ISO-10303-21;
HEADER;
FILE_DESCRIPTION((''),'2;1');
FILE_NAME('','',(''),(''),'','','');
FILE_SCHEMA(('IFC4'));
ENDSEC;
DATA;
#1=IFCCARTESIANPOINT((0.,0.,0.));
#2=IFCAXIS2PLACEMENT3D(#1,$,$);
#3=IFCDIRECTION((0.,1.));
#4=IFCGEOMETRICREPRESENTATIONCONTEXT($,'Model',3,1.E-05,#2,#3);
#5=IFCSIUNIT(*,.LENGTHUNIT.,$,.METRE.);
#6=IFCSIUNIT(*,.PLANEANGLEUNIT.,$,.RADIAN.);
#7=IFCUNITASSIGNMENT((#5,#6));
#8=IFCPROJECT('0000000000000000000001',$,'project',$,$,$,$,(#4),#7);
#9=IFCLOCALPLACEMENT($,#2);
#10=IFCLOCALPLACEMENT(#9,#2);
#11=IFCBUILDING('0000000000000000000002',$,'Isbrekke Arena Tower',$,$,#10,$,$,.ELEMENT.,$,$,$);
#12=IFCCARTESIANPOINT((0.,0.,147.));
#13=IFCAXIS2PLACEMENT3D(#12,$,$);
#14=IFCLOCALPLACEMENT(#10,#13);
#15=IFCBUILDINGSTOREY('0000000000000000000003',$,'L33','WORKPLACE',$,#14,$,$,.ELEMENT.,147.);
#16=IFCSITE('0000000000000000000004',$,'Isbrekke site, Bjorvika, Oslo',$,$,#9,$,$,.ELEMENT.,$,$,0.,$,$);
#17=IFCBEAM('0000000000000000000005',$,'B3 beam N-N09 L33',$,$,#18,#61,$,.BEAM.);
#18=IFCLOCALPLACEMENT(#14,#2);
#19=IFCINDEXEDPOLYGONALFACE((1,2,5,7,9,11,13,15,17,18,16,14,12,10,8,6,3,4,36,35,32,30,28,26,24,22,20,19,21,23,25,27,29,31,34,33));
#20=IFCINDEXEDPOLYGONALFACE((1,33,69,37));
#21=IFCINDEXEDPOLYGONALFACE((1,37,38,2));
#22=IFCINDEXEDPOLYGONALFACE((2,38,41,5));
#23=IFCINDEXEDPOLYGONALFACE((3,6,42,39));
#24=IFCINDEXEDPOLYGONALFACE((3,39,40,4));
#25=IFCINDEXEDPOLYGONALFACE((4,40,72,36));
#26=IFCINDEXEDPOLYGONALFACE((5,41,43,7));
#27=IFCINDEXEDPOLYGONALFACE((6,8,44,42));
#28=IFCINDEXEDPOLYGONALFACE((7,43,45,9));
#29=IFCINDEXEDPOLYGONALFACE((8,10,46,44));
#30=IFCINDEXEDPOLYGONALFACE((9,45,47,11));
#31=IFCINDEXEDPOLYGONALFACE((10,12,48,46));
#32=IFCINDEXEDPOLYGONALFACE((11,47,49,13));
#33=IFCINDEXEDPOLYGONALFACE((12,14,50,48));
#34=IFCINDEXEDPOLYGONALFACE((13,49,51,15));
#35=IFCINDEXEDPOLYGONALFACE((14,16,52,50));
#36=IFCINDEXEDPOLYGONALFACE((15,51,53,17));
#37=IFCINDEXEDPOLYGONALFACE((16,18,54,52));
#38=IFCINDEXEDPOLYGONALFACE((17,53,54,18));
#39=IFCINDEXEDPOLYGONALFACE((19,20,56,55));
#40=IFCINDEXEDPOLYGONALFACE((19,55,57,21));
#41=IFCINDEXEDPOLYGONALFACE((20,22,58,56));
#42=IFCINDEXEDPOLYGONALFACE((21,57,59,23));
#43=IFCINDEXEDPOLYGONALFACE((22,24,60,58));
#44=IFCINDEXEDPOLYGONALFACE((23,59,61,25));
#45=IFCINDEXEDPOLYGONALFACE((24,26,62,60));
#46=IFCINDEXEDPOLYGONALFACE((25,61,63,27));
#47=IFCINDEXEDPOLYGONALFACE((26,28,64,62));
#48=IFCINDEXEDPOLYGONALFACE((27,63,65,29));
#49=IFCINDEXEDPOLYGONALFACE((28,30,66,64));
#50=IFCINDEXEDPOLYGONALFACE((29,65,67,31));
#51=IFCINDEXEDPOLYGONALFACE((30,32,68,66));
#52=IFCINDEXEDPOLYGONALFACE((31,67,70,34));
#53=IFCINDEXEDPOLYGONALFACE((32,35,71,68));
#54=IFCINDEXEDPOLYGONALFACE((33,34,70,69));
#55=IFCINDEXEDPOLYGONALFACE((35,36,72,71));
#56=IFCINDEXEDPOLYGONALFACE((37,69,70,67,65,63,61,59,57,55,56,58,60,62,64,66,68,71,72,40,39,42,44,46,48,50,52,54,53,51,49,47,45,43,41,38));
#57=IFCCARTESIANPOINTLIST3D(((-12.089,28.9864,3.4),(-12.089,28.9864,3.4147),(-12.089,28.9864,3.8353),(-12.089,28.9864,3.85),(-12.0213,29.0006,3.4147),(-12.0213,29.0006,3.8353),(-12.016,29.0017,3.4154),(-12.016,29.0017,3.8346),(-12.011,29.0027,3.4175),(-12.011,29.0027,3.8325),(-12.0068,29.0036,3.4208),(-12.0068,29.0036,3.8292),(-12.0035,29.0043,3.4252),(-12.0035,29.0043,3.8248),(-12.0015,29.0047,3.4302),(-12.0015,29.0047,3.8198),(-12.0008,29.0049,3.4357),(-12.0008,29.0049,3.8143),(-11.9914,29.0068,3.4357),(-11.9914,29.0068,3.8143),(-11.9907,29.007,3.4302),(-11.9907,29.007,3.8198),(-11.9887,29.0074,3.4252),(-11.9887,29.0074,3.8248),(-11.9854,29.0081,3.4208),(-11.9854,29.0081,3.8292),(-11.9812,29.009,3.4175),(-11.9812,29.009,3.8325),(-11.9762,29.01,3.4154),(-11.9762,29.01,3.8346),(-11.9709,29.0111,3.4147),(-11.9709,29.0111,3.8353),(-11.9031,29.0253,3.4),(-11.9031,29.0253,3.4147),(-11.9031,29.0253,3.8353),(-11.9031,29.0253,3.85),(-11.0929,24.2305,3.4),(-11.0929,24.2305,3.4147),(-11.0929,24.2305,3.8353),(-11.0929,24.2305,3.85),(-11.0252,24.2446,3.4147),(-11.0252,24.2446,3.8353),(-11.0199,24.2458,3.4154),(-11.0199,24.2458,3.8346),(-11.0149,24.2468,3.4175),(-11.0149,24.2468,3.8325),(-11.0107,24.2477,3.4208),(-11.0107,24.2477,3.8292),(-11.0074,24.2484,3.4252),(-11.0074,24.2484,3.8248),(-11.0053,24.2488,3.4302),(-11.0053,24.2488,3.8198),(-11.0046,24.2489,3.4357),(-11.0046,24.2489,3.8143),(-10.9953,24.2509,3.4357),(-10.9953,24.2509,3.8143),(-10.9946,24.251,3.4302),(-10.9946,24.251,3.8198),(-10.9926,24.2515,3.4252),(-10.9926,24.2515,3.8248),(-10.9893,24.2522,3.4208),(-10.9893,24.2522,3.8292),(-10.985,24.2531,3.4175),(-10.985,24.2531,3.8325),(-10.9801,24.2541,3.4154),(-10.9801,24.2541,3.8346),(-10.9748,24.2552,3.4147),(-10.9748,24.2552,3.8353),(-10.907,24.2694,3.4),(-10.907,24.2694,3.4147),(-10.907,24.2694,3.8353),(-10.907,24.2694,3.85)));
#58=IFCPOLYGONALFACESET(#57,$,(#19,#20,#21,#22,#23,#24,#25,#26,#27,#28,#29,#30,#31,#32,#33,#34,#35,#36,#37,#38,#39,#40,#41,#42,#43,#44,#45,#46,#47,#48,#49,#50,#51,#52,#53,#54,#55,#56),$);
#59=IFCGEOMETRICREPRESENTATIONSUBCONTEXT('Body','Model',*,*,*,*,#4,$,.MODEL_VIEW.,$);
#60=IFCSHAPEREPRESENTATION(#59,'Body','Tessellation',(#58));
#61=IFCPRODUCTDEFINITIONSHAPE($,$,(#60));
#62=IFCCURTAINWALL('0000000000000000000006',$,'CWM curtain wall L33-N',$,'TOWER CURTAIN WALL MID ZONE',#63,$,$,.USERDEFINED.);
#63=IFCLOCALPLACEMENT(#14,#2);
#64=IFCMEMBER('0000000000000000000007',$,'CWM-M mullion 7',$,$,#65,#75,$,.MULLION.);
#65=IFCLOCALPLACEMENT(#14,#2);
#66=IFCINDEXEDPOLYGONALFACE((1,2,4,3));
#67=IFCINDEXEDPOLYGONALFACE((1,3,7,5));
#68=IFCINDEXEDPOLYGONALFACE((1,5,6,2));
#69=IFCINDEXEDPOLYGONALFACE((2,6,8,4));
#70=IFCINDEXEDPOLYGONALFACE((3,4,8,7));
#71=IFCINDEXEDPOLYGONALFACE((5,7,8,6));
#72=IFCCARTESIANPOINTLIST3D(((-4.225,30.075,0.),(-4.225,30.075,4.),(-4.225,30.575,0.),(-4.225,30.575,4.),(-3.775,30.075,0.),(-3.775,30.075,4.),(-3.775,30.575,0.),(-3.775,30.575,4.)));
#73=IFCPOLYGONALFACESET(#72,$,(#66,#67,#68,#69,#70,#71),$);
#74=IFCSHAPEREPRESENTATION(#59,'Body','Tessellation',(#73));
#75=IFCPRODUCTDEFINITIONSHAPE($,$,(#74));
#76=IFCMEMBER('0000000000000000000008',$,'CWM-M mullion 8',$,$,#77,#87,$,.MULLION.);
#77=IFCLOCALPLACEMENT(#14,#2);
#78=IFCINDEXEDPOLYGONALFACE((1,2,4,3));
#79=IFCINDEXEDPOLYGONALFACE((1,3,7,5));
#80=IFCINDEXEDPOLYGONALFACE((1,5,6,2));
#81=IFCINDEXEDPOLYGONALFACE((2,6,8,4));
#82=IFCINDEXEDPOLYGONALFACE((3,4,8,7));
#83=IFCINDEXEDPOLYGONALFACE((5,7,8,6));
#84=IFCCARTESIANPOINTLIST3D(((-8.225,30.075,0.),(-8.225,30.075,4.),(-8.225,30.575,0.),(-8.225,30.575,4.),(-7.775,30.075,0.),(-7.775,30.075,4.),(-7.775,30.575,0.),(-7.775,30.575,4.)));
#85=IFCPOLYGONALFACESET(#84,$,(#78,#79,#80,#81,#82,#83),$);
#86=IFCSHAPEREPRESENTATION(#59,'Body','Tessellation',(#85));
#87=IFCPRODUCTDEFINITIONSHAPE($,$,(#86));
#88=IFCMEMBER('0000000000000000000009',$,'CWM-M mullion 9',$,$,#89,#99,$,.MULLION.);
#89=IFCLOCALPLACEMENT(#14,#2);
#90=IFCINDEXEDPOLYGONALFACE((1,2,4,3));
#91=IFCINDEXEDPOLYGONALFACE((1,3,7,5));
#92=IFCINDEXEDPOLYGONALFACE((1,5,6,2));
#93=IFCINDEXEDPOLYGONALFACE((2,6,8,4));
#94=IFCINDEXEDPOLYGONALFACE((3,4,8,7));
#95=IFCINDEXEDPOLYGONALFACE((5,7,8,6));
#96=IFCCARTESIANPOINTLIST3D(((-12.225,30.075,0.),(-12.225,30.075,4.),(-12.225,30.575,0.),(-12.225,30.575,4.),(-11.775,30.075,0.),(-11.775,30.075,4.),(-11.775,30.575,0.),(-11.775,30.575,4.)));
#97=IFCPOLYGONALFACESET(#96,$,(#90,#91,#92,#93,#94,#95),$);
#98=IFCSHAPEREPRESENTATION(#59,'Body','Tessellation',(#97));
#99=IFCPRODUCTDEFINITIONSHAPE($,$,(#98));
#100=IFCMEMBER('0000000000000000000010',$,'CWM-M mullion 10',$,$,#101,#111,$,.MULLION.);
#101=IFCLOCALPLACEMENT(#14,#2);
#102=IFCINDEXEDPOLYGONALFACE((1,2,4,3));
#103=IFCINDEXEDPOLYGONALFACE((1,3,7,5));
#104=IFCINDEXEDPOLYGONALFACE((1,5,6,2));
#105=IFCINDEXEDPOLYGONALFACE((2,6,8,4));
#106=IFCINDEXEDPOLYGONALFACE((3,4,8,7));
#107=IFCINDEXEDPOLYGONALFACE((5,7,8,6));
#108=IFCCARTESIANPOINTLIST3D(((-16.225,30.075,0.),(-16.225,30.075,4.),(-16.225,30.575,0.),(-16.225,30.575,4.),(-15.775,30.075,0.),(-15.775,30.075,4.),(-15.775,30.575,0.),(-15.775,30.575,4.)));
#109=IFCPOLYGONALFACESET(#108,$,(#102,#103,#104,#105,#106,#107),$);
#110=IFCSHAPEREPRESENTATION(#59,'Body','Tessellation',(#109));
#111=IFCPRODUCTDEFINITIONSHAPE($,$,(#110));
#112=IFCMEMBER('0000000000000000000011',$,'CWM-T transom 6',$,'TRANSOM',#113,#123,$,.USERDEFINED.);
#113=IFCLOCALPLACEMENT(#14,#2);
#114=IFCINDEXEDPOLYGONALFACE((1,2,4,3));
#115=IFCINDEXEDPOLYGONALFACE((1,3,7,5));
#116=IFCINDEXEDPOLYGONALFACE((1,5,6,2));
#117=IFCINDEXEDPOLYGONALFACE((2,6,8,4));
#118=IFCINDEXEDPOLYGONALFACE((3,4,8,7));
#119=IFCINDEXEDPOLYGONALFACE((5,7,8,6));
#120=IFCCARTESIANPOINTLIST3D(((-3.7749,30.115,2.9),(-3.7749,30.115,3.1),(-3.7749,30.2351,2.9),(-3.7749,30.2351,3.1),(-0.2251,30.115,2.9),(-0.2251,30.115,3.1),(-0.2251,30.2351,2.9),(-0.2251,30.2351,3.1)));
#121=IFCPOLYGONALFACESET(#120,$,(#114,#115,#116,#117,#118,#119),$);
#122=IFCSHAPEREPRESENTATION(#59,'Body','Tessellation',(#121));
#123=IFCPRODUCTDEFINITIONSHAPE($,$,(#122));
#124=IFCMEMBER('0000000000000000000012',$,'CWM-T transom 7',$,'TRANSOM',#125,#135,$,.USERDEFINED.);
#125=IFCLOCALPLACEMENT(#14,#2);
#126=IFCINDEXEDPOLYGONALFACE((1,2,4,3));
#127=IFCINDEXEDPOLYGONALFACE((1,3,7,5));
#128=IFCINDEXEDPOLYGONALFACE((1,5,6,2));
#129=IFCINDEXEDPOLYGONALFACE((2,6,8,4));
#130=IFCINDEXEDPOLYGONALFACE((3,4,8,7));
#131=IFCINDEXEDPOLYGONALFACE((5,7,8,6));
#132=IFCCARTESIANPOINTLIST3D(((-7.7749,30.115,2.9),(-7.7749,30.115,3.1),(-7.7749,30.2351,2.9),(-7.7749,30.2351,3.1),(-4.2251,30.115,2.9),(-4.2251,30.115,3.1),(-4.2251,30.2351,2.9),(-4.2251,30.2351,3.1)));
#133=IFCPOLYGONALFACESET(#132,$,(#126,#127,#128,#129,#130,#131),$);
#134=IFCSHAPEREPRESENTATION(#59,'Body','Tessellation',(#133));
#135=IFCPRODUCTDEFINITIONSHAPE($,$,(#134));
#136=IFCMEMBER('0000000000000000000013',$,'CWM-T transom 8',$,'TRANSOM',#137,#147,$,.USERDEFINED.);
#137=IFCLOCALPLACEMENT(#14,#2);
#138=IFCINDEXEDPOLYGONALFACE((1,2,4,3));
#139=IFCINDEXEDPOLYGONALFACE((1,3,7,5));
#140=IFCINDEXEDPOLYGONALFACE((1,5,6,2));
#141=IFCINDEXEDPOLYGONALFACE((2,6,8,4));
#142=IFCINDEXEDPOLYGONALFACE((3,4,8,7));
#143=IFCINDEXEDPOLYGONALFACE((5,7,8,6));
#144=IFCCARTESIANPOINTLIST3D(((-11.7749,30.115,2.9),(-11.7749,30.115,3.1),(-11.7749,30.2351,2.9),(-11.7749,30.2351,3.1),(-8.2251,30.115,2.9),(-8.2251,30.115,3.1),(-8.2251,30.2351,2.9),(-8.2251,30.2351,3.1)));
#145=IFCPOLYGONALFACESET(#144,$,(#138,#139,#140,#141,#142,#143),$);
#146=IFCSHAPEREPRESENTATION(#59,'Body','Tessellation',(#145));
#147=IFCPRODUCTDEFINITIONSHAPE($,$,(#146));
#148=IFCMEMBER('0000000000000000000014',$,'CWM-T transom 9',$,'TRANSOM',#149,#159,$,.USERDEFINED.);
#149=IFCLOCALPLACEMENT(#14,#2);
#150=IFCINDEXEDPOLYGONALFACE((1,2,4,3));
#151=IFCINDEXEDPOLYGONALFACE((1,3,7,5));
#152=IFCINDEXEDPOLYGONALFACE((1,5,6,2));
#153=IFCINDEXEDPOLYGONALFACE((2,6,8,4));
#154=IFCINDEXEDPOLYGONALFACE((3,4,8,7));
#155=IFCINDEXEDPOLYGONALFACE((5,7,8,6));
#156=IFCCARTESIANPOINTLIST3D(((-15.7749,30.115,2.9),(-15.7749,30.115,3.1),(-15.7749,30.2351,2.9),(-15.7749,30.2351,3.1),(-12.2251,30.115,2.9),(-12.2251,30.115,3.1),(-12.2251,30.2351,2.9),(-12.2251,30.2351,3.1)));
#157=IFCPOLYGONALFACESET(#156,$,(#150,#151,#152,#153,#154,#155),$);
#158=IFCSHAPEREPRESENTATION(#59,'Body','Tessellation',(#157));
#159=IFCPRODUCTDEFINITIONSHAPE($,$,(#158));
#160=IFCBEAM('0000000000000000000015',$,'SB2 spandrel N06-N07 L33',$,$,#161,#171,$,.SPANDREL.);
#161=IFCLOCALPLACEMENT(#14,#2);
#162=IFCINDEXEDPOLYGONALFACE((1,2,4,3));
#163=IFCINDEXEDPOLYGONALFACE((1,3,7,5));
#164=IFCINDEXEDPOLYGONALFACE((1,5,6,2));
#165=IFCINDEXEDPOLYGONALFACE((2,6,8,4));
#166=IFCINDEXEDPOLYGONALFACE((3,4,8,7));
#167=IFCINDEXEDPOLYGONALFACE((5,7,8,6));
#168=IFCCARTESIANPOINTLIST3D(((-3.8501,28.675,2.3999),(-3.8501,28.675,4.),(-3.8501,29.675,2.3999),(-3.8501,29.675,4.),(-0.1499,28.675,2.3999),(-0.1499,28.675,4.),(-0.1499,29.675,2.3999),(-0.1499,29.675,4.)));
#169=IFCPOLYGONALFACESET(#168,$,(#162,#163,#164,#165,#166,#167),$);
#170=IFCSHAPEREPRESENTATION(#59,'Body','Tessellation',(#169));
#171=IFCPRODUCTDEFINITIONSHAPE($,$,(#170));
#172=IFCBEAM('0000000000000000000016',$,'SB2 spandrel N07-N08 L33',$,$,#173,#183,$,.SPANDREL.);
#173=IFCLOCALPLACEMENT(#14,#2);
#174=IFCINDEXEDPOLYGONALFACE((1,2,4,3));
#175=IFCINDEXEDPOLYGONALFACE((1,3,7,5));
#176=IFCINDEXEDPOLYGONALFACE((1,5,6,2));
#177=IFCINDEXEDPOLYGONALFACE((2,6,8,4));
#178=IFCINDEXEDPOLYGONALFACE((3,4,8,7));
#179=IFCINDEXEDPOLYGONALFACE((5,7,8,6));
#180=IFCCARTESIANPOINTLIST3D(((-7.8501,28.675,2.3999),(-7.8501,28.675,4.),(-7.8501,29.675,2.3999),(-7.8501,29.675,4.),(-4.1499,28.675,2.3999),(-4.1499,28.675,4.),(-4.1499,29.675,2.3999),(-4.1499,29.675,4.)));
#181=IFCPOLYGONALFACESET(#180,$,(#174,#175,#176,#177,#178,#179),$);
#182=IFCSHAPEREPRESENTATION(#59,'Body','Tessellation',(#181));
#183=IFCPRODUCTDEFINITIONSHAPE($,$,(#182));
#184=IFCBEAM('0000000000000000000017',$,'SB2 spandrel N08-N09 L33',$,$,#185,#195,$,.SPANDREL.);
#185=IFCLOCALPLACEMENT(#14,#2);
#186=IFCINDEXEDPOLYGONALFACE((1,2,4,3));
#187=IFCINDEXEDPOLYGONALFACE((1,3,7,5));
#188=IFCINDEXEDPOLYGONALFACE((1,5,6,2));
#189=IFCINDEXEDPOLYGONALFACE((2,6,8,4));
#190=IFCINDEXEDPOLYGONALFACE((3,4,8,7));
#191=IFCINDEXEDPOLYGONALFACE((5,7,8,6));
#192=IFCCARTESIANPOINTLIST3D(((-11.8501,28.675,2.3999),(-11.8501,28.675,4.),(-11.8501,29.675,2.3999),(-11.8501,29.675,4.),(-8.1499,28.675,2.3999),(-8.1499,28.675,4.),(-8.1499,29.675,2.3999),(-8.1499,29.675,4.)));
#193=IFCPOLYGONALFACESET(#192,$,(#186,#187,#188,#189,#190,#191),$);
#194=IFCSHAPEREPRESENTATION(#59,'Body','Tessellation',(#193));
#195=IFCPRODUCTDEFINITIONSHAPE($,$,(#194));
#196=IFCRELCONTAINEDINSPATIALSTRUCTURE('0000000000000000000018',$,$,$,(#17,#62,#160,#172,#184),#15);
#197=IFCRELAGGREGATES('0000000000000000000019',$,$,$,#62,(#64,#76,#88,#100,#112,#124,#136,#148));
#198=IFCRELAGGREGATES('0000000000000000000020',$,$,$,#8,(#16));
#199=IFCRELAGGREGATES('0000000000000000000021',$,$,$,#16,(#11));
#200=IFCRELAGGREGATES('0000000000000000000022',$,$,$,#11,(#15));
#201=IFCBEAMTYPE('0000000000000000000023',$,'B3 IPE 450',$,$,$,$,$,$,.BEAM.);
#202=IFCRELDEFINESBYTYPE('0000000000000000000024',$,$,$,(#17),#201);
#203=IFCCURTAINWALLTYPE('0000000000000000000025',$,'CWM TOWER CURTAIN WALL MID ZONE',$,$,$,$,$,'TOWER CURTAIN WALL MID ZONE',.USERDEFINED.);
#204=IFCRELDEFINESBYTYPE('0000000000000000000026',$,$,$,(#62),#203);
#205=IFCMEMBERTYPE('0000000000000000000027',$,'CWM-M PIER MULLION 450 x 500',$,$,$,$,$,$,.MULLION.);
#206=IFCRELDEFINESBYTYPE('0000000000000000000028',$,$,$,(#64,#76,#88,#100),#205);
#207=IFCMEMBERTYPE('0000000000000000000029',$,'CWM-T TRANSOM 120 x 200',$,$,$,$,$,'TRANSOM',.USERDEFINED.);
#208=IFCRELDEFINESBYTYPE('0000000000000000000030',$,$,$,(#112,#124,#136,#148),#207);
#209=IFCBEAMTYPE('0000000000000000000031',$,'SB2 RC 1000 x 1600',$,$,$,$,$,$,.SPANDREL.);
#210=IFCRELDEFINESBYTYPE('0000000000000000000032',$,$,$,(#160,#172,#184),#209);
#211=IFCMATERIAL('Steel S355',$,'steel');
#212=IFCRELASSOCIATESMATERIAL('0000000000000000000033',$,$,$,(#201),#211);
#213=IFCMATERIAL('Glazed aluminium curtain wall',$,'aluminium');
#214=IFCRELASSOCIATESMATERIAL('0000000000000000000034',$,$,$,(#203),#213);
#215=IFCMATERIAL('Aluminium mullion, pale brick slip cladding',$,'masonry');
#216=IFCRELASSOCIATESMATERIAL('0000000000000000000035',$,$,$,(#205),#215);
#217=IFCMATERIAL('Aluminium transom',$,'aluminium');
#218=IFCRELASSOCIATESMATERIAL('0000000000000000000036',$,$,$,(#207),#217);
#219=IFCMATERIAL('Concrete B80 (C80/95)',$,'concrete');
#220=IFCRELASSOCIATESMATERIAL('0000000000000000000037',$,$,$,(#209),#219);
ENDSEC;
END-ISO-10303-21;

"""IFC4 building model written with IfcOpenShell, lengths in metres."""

from ifc_helpers import new_model, si_unit, direction, frame, origin, origin_2d, place, context, subcontext, project, spatial, rectangle, i_section, extrude, material, material_profile, profile_set, type_object, element, aggregate, save


model = new_model("IFC4")

# Units and contexts
model_context = context("Model", 3, precision=1e-05, world=origin(), true_north=direction((0.0, 1.0)))
body_context = subcontext(model_context, "Body", "Model", "MODEL_VIEW")
ifc_project = project(units=[si_unit("LENGTHUNIT", "METRE"), si_unit("PLANEANGLEUNIT", "RADIAN")], contexts=[model_context])

# Site, building, storey
site_placement = place(None, origin())
site = spatial("IfcSite", under=ifc_project, at=site_placement, Name="Isbrekke site, Bjorvika, Oslo", CompositionType="ELEMENT", RefElevation=0.0)
building_placement = place(site_placement, origin())
building = spatial("IfcBuilding", under=site, at=building_placement, Name="Isbrekke Arena Tower", CompositionType="ELEMENT")
storey_placement = place(building_placement, frame((0.0, 0.0, 147.0)))
storey = spatial("IfcBuildingStorey", under=building, at=storey_placement, Name="L33", Description="WORKPLACE", CompositionType="ELEMENT", Elevation=147.0)

# Beam
ifc_material_1 = material(Name="Steel S355", Category="steel")
ifc_material_profile_1 = material_profile(ifc_material_1, i_section(OverallWidth=0.1899, OverallDepth=0.45, WebThickness=0.0095, FlangeThickness=0.0146, FilletRadius=0.021, at=origin_2d()), Name="IPE 450")
ifc_profile_set_1 = profile_set([ifc_material_profile_1], Name="Steel S355")
beam_type_1 = type_object("IfcBeamType", Name="B3 IPE 450", PredefinedType="BEAM", material=ifc_profile_set_1)
beam_1_placement = place(storey_placement, frame((-11.9961, 29.0059, 3.625), z_axis=(0.204997, -0.978762, 0.0), x_axis=(0.978762, 0.204997, 0.0)))
element("IfcBeam", 1, at=beam_1_placement, inside=storey, type_object=beam_type_1, Name="B3 beam N-N09 L33", PredefinedType="BEAM", context=body_context, shape_type="SweptSolid", body=[
    extrude(i_section(OverallWidth=0.1899, OverallDepth=0.45, WebThickness=0.0095, FlangeThickness=0.0146, FilletRadius=0.021, at=origin_2d()), origin(), (0.0, 0.0, 1.0), 4.8591),
])

# Curtain wall, members
ifc_material_2 = material(Name="Glazed aluminium curtain wall", Category="aluminium")
curtain_wall_type = type_object("IfcCurtainWallType", Name="CWM TOWER CURTAIN WALL MID ZONE", ElementType="TOWER CURTAIN WALL MID ZONE", PredefinedType="USERDEFINED", material=ifc_material_2)
curtain_wall_placement = place(storey_placement, origin())
curtain_wall = element("IfcCurtainWall", 2, at=curtain_wall_placement, inside=storey, type_object=curtain_wall_type, Name="CWM curtain wall L33-N", ObjectType="TOWER CURTAIN WALL MID ZONE", PredefinedType="USERDEFINED")
ifc_material_3 = material(Name="Aluminium mullion, pale brick slip cladding", Category="masonry")
ifc_material_profile_2 = material_profile(ifc_material_3, rectangle(XDim=0.45, YDim=0.5, at=origin_2d()), Name="PIER 450X500")
ifc_profile_set_2 = profile_set([ifc_material_profile_2], Name="Aluminium mullion, pale brick slip cladding")
member_type_1 = type_object("IfcMemberType", Name="CWM-M PIER MULLION 450 x 500", PredefinedType="MULLION", material=ifc_profile_set_2)
member_1_placement = place(storey_placement, frame((-4.0, 30.325, 0.0), z_axis=(0.0, 0.0, 1.0), x_axis=(-1.0, 0.0, 0.0)))
member_1 = element("IfcMember", 3, at=member_1_placement, type_object=member_type_1, Name="CWM-M mullion 7", PredefinedType="MULLION", context=body_context, shape_type="SweptSolid", body=[
    extrude(rectangle(XDim=0.45, YDim=0.5, at=origin_2d()), origin(), (0.0, 0.0, 1.0), 4.0),
])
member_2_placement = place(storey_placement, frame((-8.0, 30.325, 0.0), z_axis=(0.0, 0.0, 1.0), x_axis=(-1.0, 0.0, 0.0)))
member_2 = element("IfcMember", 4, at=member_2_placement, type_object=member_type_1, Name="CWM-M mullion 8", PredefinedType="MULLION", context=body_context, shape_type="SweptSolid", body=[
    extrude(rectangle(XDim=0.45, YDim=0.5, at=origin_2d()), origin(), (0.0, 0.0, 1.0), 4.0),
])
member_3_placement = place(storey_placement, frame((-12.0, 30.325, 0.0), z_axis=(0.0, 0.0, 1.0), x_axis=(-1.0, 0.0, 0.0)))
member_3 = element("IfcMember", 5, at=member_3_placement, type_object=member_type_1, Name="CWM-M mullion 9", PredefinedType="MULLION", context=body_context, shape_type="SweptSolid", body=[
    extrude(rectangle(XDim=0.45, YDim=0.5, at=origin_2d()), origin(), (0.0, 0.0, 1.0), 4.0),
])
member_4_placement = place(storey_placement, frame((-16.0, 30.325, 0.0), z_axis=(0.0, 0.0, 1.0), x_axis=(-1.0, 0.0, 0.0)))
member_4 = element("IfcMember", 6, at=member_4_placement, type_object=member_type_1, Name="CWM-M mullion 10", PredefinedType="MULLION", context=body_context, shape_type="SweptSolid", body=[
    extrude(rectangle(XDim=0.45, YDim=0.5, at=origin_2d()), origin(), (0.0, 0.0, 1.0), 4.0),
])
ifc_material_4 = material(Name="Aluminium transom", Category="aluminium")
ifc_material_profile_3 = material_profile(ifc_material_4, rectangle(XDim=0.1201, YDim=0.2, at=origin_2d()), Name="TRANSOM 120X200")
ifc_profile_set_3 = profile_set([ifc_material_profile_3], Name="Aluminium transom")
member_type_2 = type_object("IfcMemberType", Name="CWM-T TRANSOM 120 x 200", ElementType="TRANSOM", PredefinedType="USERDEFINED", material=ifc_profile_set_3)
member_5_placement = place(storey_placement, frame((-0.2251, 30.175, 3.0), z_axis=(-1.0, 0.0, 0.0), x_axis=(0.0, -1.0, 0.0)))
member_5 = element("IfcMember", 7, at=member_5_placement, type_object=member_type_2, Name="CWM-T transom 6", ObjectType="TRANSOM", PredefinedType="USERDEFINED", context=body_context, shape_type="SweptSolid", body=[
    extrude(rectangle(XDim=0.1201, YDim=0.2, at=origin_2d()), origin(), (0.0, 0.0, 1.0), 3.5498),
])
member_6_placement = place(storey_placement, frame((-4.2251, 30.175, 3.0), z_axis=(-1.0, 0.0, 0.0), x_axis=(0.0, -1.0, 0.0)))
member_6 = element("IfcMember", 8, at=member_6_placement, type_object=member_type_2, Name="CWM-T transom 7", ObjectType="TRANSOM", PredefinedType="USERDEFINED", context=body_context, shape_type="SweptSolid", body=[
    extrude(rectangle(XDim=0.1201, YDim=0.2, at=origin_2d()), origin(), (0.0, 0.0, 1.0), 3.5498),
])
member_7_placement = place(storey_placement, frame((-8.2251, 30.175, 3.0), z_axis=(-1.0, 0.0, 0.0), x_axis=(0.0, -1.0, 0.0)))
member_7 = element("IfcMember", 9, at=member_7_placement, type_object=member_type_2, Name="CWM-T transom 8", ObjectType="TRANSOM", PredefinedType="USERDEFINED", context=body_context, shape_type="SweptSolid", body=[
    extrude(rectangle(XDim=0.1201, YDim=0.2, at=origin_2d()), origin(), (0.0, 0.0, 1.0), 3.5498),
])
member_8_placement = place(storey_placement, frame((-12.2251, 30.175, 3.0), z_axis=(-1.0, 0.0, 0.0), x_axis=(0.0, -1.0, 0.0)))
member_8 = element("IfcMember", 10, at=member_8_placement, type_object=member_type_2, Name="CWM-T transom 9", ObjectType="TRANSOM", PredefinedType="USERDEFINED", context=body_context, shape_type="SweptSolid", body=[
    extrude(rectangle(XDim=0.1201, YDim=0.2, at=origin_2d()), origin(), (0.0, 0.0, 1.0), 3.5498),
])

# Beams
ifc_material_5 = material(Name="Concrete B80 (C80/95)", Category="concrete")
ifc_material_profile_4 = material_profile(ifc_material_5, rectangle(XDim=1.0, YDim=1.6001, at=origin_2d()), Name="RC 1000x1600")
ifc_profile_set_4 = profile_set([ifc_material_profile_4], Name="Concrete B80 (C80/95)")
beam_type_2 = type_object("IfcBeamType", Name="SB2 RC 1000 x 1600", PredefinedType="SPANDREL", material=ifc_profile_set_4)
for number, where, z_axis, x_axis, name in (
    (11, (-0.1499, 29.175, 3.2), (-1.0, 0.0, 0.0), (0.0, -1.0, 0.0), "SB2 spandrel N06-N07 L33"),
    (12, (-4.1499, 29.175, 3.2), (-1.0, 0.0, 0.0), (0.0, -1.0, 0.0), "SB2 spandrel N07-N08 L33"),
    (13, (-8.1499, 29.175, 3.2), (-1.0, 0.0, 0.0), (0.0, -1.0, 0.0), "SB2 spandrel N08-N09 L33"),
):
    element("IfcBeam", number, at=place(storey_placement, frame(where, z_axis=z_axis, x_axis=x_axis)), inside=storey, type_object=beam_type_2, Name=name, PredefinedType="SPANDREL", context=body_context, shape_type="SweptSolid", body=[
        extrude(rectangle(XDim=1.0, YDim=1.6001, at=origin_2d()), origin(), (0.0, 0.0, 1.0), 3.7002),
    ])

aggregate(curtain_wall, [member_1, member_2, member_3, member_4, member_5, member_6, member_7, member_8])

save(model, "model.ifc")
